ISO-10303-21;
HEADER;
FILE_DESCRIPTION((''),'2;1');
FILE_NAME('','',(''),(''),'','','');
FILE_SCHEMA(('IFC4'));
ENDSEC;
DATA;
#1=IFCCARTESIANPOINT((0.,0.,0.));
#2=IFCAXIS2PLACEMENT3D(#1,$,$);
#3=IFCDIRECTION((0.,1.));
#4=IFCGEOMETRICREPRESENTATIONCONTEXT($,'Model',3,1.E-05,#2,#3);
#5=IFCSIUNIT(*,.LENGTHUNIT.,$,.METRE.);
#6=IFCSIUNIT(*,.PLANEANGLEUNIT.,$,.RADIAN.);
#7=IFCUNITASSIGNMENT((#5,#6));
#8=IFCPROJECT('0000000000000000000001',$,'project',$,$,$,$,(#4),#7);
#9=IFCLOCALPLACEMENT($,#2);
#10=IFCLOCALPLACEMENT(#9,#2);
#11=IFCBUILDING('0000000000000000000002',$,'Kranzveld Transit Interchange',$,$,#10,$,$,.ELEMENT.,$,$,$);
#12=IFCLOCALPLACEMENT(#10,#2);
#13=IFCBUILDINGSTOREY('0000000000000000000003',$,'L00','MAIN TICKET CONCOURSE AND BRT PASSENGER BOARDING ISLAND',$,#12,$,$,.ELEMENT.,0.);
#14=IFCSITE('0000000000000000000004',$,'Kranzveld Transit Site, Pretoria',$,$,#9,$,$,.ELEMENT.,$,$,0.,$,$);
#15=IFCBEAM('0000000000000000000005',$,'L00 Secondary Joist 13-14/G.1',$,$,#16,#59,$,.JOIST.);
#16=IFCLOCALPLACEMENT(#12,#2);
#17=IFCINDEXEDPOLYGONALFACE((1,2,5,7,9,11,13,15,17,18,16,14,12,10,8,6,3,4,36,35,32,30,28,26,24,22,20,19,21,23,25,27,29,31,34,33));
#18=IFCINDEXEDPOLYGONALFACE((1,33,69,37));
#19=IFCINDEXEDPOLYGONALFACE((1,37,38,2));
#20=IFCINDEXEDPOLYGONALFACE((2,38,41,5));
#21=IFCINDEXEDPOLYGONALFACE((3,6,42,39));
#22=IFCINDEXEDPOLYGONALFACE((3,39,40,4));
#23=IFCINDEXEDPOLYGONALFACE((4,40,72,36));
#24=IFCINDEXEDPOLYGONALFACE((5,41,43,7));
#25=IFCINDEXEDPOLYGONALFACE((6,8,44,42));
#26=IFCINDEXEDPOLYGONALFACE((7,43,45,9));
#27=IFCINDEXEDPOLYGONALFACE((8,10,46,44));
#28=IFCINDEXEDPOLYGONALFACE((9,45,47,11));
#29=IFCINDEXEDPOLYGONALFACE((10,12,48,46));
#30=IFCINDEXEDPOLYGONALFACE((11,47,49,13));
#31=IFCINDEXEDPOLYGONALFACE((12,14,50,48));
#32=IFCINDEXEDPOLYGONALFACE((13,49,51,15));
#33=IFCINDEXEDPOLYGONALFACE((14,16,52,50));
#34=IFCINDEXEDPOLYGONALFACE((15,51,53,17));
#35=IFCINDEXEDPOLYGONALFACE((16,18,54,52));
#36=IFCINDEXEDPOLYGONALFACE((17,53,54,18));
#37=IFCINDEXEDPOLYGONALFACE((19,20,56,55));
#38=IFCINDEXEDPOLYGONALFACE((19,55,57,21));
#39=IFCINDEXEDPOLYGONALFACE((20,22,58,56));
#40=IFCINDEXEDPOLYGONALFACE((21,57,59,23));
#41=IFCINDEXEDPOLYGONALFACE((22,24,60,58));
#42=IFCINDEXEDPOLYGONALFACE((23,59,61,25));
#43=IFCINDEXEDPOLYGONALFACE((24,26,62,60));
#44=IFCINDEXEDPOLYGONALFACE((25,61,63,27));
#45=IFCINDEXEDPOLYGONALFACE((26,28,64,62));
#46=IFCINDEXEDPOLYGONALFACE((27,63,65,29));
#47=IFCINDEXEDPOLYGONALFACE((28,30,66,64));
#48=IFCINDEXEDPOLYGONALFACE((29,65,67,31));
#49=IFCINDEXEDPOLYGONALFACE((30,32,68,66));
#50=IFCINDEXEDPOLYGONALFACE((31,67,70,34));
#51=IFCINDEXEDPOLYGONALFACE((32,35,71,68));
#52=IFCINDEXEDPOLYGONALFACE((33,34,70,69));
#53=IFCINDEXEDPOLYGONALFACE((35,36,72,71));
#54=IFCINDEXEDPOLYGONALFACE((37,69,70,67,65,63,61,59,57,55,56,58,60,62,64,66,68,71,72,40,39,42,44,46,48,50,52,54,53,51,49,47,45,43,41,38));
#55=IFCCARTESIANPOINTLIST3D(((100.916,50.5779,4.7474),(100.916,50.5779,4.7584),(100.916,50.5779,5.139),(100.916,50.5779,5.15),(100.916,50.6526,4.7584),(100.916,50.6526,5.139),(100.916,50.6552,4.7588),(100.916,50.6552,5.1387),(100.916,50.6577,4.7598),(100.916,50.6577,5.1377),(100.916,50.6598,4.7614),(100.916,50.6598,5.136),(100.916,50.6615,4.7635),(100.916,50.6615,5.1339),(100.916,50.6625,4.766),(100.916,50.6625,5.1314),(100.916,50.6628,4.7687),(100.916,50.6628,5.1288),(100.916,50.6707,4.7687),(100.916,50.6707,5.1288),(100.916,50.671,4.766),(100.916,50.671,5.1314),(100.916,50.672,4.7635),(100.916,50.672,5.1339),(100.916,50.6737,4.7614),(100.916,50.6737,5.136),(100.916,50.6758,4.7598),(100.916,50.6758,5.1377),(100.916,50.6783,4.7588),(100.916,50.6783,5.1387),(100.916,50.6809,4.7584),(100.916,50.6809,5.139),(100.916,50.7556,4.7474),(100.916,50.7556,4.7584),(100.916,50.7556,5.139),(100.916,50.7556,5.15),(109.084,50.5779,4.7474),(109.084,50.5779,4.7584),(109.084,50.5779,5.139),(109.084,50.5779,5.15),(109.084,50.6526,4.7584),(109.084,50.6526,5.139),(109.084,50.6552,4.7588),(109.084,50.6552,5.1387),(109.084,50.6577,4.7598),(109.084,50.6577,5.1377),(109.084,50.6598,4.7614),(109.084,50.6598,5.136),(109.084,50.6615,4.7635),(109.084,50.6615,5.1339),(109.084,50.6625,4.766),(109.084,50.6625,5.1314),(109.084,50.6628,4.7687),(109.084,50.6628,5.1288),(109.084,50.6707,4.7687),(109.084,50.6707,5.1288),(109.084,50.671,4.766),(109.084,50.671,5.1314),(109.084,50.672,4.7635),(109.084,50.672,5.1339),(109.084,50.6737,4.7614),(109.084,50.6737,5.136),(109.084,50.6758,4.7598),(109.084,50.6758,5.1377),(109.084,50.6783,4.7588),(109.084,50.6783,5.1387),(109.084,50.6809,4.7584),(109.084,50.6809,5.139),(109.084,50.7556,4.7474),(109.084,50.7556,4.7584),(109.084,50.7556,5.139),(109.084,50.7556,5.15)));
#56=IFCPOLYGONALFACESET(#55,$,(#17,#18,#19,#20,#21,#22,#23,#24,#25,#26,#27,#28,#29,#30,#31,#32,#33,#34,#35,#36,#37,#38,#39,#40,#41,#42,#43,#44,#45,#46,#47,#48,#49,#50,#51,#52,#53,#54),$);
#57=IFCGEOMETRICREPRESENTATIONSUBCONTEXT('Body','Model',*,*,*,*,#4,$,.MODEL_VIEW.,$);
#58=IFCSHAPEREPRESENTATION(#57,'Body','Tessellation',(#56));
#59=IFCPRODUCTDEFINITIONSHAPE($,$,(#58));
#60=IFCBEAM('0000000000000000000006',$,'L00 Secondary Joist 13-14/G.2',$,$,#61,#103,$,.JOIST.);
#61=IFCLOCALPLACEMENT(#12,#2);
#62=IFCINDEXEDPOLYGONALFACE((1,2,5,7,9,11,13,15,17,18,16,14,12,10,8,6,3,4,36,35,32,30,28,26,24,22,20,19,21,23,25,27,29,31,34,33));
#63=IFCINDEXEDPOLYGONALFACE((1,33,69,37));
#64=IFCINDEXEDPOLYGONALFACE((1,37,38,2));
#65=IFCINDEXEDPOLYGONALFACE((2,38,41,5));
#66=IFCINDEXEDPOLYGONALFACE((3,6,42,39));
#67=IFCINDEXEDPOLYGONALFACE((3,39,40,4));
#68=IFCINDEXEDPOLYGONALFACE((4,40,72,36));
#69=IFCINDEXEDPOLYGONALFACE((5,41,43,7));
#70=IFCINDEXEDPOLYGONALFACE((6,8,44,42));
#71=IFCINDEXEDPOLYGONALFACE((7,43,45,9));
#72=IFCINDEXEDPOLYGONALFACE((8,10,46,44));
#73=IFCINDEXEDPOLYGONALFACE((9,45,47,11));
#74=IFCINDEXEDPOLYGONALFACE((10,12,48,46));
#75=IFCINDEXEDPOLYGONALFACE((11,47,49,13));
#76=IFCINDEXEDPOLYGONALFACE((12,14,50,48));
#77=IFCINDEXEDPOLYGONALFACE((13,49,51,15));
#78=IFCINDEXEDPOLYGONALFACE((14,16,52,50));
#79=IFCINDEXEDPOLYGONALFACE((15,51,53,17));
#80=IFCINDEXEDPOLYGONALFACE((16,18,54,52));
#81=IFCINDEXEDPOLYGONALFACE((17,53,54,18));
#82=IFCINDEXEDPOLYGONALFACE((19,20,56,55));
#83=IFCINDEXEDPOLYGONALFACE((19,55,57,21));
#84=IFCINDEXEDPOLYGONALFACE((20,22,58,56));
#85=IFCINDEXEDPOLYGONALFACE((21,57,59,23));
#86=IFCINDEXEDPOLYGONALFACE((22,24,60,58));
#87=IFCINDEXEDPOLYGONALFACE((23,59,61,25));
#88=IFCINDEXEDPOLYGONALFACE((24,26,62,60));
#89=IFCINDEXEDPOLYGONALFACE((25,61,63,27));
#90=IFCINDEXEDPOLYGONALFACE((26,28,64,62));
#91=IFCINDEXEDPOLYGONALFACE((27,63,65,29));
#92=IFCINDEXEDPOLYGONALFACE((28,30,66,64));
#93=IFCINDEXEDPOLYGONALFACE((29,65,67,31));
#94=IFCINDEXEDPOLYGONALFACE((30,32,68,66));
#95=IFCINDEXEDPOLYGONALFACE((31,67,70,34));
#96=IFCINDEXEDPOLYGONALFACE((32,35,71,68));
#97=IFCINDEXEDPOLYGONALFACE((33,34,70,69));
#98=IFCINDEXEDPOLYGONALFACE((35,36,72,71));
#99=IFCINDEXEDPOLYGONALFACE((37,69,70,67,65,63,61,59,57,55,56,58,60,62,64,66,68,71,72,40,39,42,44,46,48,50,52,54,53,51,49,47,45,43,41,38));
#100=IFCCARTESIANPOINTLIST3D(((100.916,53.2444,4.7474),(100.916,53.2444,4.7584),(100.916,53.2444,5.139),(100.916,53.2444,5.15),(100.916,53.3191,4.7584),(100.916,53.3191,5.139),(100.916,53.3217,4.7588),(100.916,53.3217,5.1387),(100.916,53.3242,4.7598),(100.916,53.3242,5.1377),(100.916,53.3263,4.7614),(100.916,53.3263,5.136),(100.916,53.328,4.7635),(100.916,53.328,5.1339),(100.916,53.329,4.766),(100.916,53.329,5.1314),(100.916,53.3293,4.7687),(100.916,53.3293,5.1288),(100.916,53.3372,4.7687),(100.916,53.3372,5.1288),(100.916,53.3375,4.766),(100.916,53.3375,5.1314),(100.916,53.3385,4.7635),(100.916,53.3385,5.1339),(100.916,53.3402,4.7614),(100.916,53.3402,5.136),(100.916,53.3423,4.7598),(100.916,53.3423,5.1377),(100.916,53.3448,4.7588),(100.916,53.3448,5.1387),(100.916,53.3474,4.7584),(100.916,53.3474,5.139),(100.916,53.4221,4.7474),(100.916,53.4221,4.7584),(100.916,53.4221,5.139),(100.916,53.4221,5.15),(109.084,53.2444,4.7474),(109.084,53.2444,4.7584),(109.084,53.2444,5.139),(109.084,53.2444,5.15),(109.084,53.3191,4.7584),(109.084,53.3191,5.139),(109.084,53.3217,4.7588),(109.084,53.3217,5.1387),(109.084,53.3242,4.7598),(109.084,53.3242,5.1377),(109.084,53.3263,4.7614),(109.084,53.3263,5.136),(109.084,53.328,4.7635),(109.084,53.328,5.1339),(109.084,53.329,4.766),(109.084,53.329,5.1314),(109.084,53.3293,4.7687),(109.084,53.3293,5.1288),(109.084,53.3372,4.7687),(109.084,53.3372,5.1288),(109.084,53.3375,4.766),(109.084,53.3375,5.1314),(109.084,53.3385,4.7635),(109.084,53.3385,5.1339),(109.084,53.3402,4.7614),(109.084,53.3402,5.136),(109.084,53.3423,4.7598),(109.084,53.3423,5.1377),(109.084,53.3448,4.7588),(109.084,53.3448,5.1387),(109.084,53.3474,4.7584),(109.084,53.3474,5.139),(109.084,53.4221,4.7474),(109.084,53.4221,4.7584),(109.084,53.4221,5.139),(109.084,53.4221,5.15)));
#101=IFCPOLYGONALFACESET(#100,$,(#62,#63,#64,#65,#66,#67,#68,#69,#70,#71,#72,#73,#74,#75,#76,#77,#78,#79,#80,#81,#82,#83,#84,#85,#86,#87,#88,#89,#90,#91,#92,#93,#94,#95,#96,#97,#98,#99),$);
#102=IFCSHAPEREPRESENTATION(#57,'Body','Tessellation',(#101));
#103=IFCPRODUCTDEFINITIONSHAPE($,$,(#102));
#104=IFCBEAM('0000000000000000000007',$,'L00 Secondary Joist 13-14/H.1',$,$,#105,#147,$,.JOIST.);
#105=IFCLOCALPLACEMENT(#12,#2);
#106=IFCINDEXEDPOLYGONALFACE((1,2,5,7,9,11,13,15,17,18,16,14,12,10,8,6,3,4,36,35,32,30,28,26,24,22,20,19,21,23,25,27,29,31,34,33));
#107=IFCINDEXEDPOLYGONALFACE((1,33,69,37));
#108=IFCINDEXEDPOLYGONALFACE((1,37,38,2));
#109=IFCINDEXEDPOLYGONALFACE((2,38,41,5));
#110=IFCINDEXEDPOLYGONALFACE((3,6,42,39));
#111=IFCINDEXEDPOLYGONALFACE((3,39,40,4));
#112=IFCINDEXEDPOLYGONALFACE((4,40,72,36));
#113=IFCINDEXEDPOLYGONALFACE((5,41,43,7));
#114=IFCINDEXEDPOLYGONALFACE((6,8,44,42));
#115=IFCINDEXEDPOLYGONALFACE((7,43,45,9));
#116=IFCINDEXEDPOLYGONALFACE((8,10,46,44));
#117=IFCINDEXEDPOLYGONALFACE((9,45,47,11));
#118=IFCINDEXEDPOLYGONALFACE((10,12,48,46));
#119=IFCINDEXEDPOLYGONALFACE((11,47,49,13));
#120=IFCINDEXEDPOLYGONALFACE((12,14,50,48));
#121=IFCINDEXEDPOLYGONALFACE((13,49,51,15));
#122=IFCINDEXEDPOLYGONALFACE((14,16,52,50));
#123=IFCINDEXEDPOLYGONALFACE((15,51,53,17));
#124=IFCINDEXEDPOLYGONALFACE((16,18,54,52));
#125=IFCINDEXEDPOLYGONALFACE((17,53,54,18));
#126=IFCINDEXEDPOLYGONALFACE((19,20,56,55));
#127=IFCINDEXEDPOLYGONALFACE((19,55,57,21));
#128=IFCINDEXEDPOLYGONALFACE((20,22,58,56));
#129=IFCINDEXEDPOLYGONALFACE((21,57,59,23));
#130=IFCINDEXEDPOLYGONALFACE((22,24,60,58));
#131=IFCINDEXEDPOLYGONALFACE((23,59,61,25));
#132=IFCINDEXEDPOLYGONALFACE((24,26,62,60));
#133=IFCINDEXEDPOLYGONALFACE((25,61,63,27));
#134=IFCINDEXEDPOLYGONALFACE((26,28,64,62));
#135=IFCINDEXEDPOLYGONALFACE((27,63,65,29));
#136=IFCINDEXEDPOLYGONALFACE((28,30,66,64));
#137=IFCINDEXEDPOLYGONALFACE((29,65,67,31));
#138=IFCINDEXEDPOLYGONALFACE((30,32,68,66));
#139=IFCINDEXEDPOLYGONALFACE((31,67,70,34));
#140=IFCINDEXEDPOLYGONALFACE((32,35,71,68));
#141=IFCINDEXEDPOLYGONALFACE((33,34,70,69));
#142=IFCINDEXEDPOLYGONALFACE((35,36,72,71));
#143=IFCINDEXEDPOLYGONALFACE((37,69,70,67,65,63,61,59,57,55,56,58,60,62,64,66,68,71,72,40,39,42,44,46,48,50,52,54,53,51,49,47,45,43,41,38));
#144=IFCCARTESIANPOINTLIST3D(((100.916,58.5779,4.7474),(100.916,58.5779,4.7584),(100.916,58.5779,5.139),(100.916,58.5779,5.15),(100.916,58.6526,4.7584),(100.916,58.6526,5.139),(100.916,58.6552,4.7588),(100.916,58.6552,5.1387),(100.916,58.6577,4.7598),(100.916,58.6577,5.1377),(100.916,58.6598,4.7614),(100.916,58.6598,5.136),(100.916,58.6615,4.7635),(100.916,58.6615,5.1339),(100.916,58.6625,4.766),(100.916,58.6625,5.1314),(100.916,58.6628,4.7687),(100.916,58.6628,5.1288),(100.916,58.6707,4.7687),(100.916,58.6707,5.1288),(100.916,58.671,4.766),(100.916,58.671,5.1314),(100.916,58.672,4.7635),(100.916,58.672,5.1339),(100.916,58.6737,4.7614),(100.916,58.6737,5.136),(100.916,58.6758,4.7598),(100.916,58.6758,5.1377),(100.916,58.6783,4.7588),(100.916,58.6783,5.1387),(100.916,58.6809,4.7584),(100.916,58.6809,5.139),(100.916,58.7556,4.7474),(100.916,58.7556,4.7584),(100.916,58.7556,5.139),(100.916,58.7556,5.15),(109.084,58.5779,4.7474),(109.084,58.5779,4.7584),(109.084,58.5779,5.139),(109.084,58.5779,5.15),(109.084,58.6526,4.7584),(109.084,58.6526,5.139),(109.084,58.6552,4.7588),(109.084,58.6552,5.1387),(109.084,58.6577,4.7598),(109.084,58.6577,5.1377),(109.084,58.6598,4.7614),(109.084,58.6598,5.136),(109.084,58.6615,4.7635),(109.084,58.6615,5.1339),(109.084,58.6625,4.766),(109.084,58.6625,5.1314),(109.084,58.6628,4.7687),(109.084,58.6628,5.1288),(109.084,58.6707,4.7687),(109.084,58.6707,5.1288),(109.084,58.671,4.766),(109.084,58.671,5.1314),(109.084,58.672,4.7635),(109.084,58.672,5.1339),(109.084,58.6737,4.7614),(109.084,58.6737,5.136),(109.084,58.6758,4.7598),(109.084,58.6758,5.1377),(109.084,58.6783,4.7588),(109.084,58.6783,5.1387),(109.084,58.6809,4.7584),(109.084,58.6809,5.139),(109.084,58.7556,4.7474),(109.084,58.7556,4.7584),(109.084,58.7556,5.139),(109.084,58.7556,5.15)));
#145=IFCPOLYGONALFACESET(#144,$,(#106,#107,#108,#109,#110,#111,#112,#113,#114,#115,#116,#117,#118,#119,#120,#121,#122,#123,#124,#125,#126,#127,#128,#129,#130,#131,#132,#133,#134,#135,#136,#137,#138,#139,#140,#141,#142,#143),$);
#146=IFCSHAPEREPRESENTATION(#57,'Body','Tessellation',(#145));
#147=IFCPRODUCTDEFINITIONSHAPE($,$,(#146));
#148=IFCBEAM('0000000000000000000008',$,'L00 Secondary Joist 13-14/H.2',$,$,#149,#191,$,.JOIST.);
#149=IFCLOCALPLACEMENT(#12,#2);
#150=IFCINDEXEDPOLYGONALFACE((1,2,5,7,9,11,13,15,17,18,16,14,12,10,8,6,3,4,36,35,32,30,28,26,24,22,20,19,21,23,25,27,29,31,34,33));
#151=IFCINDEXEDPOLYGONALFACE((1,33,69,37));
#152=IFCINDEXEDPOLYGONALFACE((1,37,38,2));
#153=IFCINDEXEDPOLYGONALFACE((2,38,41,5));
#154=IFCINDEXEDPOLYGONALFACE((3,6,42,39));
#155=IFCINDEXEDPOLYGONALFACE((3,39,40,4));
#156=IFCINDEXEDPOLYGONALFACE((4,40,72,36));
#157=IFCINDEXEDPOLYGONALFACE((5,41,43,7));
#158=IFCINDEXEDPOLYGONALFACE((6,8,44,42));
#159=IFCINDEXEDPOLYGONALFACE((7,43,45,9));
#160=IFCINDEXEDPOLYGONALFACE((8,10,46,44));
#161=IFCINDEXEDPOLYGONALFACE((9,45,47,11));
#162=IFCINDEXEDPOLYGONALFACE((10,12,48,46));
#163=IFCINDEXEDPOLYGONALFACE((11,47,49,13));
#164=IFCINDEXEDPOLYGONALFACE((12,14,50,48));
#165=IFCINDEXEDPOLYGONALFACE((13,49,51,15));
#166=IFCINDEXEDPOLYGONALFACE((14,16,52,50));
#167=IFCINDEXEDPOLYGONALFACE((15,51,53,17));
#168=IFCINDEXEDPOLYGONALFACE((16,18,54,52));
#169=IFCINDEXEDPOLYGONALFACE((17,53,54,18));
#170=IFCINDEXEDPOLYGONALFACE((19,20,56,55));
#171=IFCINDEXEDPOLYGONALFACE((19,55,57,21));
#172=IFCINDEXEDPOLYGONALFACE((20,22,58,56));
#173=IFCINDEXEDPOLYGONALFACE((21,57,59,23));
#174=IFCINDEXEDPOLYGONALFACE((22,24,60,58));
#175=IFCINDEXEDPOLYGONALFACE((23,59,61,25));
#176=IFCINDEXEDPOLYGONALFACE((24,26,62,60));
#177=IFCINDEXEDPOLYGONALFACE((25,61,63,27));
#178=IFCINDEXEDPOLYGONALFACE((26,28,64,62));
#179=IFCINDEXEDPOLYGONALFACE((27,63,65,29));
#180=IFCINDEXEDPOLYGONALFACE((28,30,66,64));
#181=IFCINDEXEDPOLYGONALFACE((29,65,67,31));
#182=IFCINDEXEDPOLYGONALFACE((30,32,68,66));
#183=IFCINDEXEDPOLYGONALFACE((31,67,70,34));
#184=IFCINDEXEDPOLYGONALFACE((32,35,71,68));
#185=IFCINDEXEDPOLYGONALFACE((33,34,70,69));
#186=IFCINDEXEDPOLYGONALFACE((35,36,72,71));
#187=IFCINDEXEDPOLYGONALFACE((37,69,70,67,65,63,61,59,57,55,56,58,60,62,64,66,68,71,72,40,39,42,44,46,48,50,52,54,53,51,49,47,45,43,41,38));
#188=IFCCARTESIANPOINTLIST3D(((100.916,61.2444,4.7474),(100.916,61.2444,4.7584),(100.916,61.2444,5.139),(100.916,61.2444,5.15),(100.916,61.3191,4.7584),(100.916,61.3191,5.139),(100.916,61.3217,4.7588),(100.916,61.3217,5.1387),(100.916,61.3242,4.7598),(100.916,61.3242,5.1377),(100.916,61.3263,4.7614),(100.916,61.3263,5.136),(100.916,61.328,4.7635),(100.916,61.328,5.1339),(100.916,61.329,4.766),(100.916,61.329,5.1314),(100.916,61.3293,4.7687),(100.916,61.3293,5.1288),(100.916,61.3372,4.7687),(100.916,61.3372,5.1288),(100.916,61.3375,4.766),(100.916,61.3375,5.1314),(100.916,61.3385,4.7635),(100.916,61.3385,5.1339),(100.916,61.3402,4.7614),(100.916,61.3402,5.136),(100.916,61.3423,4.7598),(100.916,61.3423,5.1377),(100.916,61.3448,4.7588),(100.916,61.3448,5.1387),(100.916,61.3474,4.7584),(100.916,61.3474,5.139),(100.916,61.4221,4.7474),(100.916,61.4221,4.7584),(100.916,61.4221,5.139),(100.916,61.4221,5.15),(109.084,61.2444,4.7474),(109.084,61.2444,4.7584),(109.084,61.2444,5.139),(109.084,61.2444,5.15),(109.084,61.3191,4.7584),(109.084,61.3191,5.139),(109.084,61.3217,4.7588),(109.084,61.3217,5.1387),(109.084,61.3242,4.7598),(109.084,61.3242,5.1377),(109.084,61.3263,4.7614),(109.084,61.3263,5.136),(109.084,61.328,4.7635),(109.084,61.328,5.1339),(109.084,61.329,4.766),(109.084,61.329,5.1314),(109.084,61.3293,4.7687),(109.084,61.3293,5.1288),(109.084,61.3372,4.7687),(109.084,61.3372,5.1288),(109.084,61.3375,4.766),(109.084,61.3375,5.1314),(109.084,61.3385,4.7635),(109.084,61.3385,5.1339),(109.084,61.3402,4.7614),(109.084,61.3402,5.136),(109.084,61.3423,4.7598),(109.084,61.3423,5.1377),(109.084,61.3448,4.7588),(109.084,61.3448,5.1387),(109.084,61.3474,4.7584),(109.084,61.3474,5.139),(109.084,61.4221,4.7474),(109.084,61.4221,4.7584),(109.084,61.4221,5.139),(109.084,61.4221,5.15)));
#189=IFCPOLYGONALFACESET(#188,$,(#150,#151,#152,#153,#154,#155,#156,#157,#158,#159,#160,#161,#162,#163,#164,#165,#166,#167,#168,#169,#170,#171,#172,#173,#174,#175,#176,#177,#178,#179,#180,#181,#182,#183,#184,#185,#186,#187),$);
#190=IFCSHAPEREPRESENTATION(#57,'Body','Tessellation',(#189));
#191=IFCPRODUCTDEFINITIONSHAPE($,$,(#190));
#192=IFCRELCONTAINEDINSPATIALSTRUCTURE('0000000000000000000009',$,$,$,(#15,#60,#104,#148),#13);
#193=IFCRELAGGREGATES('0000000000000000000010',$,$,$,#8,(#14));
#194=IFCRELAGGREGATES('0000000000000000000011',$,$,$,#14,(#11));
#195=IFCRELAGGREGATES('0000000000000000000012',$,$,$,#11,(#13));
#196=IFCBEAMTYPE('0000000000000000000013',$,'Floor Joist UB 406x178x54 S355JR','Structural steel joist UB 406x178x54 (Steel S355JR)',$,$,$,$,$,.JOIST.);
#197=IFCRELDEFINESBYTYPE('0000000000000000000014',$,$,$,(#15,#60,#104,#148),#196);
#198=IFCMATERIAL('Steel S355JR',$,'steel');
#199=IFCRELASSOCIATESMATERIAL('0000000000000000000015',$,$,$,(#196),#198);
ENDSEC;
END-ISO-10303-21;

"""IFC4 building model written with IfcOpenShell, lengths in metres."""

from ifc_helpers import new_model, si_unit, direction, frame, origin, origin_2d, place, context, subcontext, project, spatial, i_section, extrude, material, material_profile, profile_set, type_object, element, save


model = new_model("IFC4")

# Units and contexts
model_context = context("Model", 3, precision=1e-05, world=origin(), true_north=direction((0.0, 1.0)))
body_context = subcontext(model_context, "Body", "Model", "MODEL_VIEW")
ifc_project = project(units=[si_unit("LENGTHUNIT", "METRE"), si_unit("PLANEANGLEUNIT", "RADIAN")], contexts=[model_context])

# Site, building, storey
site_placement = place(None, origin())
site = spatial("IfcSite", under=ifc_project, at=site_placement, Name="Kranzveld Transit Site, Pretoria", CompositionType="ELEMENT", RefElevation=0.0)
building_placement = place(site_placement, origin())
building = spatial("IfcBuilding", under=site, at=building_placement, Name="Kranzveld Transit Interchange", CompositionType="ELEMENT")
storey_placement = place(building_placement, origin())
storey = spatial("IfcBuildingStorey", under=building, at=storey_placement, Name="L00", Description="MAIN TICKET CONCOURSE AND BRT PASSENGER BOARDING ISLAND", CompositionType="ELEMENT", Elevation=0.0)

# Beams
ifc_material_1 = material(Name="Steel S355JR", Category="steel")
ifc_material_profile_1 = material_profile(ifc_material_1, i_section(OverallWidth=0.1777, OverallDepth=0.4026, WebThickness=0.0078, FlangeThickness=0.011, FilletRadius=0.0103, at=origin_2d()), Name="UB 406x178x54")
ifc_profile_set_1 = profile_set([ifc_material_profile_1], Name="Steel S355JR")
beam_type_1 = type_object("IfcBeamType", Name="Floor Joist UB 406x178x54 S355JR", Description="Structural steel joist UB 406x178x54 (Steel S355JR)", PredefinedType="JOIST", material=ifc_profile_set_1)
for number, where, z_axis, x_axis, name in (
    (1, (100.916, 50.6667, 4.9487), (1.0, 0.0, 0.0), (0.0, 1.0, 0.0), "L00 Secondary Joist 13-14/G.1"),
    (2, (100.916, 53.3333, 4.9487), (1.0, 0.0, 0.0), (0.0, 1.0, 0.0), "L00 Secondary Joist 13-14/G.2"),
    (3, (100.916, 58.6667, 4.9487), (1.0, 0.0, 0.0), (0.0, 1.0, 0.0), "L00 Secondary Joist 13-14/H.1"),
    (4, (100.916, 61.3333, 4.9487), (1.0, 0.0, 0.0), (0.0, 1.0, 0.0), "L00 Secondary Joist 13-14/H.2"),
):
    element("IfcBeam", number, at=place(storey_placement, frame(where, z_axis=z_axis, x_axis=x_axis)), inside=storey, type_object=beam_type_1, Name=name, PredefinedType="JOIST", context=body_context, shape_type="SweptSolid", body=[
        extrude(i_section(OverallWidth=0.1777, OverallDepth=0.4026, WebThickness=0.0078, FlangeThickness=0.011, FilletRadius=0.0103, at=origin_2d()), origin(), (0.0, 0.0, 1.0), 8.168),
    ])

save(model, "model.ifc")
